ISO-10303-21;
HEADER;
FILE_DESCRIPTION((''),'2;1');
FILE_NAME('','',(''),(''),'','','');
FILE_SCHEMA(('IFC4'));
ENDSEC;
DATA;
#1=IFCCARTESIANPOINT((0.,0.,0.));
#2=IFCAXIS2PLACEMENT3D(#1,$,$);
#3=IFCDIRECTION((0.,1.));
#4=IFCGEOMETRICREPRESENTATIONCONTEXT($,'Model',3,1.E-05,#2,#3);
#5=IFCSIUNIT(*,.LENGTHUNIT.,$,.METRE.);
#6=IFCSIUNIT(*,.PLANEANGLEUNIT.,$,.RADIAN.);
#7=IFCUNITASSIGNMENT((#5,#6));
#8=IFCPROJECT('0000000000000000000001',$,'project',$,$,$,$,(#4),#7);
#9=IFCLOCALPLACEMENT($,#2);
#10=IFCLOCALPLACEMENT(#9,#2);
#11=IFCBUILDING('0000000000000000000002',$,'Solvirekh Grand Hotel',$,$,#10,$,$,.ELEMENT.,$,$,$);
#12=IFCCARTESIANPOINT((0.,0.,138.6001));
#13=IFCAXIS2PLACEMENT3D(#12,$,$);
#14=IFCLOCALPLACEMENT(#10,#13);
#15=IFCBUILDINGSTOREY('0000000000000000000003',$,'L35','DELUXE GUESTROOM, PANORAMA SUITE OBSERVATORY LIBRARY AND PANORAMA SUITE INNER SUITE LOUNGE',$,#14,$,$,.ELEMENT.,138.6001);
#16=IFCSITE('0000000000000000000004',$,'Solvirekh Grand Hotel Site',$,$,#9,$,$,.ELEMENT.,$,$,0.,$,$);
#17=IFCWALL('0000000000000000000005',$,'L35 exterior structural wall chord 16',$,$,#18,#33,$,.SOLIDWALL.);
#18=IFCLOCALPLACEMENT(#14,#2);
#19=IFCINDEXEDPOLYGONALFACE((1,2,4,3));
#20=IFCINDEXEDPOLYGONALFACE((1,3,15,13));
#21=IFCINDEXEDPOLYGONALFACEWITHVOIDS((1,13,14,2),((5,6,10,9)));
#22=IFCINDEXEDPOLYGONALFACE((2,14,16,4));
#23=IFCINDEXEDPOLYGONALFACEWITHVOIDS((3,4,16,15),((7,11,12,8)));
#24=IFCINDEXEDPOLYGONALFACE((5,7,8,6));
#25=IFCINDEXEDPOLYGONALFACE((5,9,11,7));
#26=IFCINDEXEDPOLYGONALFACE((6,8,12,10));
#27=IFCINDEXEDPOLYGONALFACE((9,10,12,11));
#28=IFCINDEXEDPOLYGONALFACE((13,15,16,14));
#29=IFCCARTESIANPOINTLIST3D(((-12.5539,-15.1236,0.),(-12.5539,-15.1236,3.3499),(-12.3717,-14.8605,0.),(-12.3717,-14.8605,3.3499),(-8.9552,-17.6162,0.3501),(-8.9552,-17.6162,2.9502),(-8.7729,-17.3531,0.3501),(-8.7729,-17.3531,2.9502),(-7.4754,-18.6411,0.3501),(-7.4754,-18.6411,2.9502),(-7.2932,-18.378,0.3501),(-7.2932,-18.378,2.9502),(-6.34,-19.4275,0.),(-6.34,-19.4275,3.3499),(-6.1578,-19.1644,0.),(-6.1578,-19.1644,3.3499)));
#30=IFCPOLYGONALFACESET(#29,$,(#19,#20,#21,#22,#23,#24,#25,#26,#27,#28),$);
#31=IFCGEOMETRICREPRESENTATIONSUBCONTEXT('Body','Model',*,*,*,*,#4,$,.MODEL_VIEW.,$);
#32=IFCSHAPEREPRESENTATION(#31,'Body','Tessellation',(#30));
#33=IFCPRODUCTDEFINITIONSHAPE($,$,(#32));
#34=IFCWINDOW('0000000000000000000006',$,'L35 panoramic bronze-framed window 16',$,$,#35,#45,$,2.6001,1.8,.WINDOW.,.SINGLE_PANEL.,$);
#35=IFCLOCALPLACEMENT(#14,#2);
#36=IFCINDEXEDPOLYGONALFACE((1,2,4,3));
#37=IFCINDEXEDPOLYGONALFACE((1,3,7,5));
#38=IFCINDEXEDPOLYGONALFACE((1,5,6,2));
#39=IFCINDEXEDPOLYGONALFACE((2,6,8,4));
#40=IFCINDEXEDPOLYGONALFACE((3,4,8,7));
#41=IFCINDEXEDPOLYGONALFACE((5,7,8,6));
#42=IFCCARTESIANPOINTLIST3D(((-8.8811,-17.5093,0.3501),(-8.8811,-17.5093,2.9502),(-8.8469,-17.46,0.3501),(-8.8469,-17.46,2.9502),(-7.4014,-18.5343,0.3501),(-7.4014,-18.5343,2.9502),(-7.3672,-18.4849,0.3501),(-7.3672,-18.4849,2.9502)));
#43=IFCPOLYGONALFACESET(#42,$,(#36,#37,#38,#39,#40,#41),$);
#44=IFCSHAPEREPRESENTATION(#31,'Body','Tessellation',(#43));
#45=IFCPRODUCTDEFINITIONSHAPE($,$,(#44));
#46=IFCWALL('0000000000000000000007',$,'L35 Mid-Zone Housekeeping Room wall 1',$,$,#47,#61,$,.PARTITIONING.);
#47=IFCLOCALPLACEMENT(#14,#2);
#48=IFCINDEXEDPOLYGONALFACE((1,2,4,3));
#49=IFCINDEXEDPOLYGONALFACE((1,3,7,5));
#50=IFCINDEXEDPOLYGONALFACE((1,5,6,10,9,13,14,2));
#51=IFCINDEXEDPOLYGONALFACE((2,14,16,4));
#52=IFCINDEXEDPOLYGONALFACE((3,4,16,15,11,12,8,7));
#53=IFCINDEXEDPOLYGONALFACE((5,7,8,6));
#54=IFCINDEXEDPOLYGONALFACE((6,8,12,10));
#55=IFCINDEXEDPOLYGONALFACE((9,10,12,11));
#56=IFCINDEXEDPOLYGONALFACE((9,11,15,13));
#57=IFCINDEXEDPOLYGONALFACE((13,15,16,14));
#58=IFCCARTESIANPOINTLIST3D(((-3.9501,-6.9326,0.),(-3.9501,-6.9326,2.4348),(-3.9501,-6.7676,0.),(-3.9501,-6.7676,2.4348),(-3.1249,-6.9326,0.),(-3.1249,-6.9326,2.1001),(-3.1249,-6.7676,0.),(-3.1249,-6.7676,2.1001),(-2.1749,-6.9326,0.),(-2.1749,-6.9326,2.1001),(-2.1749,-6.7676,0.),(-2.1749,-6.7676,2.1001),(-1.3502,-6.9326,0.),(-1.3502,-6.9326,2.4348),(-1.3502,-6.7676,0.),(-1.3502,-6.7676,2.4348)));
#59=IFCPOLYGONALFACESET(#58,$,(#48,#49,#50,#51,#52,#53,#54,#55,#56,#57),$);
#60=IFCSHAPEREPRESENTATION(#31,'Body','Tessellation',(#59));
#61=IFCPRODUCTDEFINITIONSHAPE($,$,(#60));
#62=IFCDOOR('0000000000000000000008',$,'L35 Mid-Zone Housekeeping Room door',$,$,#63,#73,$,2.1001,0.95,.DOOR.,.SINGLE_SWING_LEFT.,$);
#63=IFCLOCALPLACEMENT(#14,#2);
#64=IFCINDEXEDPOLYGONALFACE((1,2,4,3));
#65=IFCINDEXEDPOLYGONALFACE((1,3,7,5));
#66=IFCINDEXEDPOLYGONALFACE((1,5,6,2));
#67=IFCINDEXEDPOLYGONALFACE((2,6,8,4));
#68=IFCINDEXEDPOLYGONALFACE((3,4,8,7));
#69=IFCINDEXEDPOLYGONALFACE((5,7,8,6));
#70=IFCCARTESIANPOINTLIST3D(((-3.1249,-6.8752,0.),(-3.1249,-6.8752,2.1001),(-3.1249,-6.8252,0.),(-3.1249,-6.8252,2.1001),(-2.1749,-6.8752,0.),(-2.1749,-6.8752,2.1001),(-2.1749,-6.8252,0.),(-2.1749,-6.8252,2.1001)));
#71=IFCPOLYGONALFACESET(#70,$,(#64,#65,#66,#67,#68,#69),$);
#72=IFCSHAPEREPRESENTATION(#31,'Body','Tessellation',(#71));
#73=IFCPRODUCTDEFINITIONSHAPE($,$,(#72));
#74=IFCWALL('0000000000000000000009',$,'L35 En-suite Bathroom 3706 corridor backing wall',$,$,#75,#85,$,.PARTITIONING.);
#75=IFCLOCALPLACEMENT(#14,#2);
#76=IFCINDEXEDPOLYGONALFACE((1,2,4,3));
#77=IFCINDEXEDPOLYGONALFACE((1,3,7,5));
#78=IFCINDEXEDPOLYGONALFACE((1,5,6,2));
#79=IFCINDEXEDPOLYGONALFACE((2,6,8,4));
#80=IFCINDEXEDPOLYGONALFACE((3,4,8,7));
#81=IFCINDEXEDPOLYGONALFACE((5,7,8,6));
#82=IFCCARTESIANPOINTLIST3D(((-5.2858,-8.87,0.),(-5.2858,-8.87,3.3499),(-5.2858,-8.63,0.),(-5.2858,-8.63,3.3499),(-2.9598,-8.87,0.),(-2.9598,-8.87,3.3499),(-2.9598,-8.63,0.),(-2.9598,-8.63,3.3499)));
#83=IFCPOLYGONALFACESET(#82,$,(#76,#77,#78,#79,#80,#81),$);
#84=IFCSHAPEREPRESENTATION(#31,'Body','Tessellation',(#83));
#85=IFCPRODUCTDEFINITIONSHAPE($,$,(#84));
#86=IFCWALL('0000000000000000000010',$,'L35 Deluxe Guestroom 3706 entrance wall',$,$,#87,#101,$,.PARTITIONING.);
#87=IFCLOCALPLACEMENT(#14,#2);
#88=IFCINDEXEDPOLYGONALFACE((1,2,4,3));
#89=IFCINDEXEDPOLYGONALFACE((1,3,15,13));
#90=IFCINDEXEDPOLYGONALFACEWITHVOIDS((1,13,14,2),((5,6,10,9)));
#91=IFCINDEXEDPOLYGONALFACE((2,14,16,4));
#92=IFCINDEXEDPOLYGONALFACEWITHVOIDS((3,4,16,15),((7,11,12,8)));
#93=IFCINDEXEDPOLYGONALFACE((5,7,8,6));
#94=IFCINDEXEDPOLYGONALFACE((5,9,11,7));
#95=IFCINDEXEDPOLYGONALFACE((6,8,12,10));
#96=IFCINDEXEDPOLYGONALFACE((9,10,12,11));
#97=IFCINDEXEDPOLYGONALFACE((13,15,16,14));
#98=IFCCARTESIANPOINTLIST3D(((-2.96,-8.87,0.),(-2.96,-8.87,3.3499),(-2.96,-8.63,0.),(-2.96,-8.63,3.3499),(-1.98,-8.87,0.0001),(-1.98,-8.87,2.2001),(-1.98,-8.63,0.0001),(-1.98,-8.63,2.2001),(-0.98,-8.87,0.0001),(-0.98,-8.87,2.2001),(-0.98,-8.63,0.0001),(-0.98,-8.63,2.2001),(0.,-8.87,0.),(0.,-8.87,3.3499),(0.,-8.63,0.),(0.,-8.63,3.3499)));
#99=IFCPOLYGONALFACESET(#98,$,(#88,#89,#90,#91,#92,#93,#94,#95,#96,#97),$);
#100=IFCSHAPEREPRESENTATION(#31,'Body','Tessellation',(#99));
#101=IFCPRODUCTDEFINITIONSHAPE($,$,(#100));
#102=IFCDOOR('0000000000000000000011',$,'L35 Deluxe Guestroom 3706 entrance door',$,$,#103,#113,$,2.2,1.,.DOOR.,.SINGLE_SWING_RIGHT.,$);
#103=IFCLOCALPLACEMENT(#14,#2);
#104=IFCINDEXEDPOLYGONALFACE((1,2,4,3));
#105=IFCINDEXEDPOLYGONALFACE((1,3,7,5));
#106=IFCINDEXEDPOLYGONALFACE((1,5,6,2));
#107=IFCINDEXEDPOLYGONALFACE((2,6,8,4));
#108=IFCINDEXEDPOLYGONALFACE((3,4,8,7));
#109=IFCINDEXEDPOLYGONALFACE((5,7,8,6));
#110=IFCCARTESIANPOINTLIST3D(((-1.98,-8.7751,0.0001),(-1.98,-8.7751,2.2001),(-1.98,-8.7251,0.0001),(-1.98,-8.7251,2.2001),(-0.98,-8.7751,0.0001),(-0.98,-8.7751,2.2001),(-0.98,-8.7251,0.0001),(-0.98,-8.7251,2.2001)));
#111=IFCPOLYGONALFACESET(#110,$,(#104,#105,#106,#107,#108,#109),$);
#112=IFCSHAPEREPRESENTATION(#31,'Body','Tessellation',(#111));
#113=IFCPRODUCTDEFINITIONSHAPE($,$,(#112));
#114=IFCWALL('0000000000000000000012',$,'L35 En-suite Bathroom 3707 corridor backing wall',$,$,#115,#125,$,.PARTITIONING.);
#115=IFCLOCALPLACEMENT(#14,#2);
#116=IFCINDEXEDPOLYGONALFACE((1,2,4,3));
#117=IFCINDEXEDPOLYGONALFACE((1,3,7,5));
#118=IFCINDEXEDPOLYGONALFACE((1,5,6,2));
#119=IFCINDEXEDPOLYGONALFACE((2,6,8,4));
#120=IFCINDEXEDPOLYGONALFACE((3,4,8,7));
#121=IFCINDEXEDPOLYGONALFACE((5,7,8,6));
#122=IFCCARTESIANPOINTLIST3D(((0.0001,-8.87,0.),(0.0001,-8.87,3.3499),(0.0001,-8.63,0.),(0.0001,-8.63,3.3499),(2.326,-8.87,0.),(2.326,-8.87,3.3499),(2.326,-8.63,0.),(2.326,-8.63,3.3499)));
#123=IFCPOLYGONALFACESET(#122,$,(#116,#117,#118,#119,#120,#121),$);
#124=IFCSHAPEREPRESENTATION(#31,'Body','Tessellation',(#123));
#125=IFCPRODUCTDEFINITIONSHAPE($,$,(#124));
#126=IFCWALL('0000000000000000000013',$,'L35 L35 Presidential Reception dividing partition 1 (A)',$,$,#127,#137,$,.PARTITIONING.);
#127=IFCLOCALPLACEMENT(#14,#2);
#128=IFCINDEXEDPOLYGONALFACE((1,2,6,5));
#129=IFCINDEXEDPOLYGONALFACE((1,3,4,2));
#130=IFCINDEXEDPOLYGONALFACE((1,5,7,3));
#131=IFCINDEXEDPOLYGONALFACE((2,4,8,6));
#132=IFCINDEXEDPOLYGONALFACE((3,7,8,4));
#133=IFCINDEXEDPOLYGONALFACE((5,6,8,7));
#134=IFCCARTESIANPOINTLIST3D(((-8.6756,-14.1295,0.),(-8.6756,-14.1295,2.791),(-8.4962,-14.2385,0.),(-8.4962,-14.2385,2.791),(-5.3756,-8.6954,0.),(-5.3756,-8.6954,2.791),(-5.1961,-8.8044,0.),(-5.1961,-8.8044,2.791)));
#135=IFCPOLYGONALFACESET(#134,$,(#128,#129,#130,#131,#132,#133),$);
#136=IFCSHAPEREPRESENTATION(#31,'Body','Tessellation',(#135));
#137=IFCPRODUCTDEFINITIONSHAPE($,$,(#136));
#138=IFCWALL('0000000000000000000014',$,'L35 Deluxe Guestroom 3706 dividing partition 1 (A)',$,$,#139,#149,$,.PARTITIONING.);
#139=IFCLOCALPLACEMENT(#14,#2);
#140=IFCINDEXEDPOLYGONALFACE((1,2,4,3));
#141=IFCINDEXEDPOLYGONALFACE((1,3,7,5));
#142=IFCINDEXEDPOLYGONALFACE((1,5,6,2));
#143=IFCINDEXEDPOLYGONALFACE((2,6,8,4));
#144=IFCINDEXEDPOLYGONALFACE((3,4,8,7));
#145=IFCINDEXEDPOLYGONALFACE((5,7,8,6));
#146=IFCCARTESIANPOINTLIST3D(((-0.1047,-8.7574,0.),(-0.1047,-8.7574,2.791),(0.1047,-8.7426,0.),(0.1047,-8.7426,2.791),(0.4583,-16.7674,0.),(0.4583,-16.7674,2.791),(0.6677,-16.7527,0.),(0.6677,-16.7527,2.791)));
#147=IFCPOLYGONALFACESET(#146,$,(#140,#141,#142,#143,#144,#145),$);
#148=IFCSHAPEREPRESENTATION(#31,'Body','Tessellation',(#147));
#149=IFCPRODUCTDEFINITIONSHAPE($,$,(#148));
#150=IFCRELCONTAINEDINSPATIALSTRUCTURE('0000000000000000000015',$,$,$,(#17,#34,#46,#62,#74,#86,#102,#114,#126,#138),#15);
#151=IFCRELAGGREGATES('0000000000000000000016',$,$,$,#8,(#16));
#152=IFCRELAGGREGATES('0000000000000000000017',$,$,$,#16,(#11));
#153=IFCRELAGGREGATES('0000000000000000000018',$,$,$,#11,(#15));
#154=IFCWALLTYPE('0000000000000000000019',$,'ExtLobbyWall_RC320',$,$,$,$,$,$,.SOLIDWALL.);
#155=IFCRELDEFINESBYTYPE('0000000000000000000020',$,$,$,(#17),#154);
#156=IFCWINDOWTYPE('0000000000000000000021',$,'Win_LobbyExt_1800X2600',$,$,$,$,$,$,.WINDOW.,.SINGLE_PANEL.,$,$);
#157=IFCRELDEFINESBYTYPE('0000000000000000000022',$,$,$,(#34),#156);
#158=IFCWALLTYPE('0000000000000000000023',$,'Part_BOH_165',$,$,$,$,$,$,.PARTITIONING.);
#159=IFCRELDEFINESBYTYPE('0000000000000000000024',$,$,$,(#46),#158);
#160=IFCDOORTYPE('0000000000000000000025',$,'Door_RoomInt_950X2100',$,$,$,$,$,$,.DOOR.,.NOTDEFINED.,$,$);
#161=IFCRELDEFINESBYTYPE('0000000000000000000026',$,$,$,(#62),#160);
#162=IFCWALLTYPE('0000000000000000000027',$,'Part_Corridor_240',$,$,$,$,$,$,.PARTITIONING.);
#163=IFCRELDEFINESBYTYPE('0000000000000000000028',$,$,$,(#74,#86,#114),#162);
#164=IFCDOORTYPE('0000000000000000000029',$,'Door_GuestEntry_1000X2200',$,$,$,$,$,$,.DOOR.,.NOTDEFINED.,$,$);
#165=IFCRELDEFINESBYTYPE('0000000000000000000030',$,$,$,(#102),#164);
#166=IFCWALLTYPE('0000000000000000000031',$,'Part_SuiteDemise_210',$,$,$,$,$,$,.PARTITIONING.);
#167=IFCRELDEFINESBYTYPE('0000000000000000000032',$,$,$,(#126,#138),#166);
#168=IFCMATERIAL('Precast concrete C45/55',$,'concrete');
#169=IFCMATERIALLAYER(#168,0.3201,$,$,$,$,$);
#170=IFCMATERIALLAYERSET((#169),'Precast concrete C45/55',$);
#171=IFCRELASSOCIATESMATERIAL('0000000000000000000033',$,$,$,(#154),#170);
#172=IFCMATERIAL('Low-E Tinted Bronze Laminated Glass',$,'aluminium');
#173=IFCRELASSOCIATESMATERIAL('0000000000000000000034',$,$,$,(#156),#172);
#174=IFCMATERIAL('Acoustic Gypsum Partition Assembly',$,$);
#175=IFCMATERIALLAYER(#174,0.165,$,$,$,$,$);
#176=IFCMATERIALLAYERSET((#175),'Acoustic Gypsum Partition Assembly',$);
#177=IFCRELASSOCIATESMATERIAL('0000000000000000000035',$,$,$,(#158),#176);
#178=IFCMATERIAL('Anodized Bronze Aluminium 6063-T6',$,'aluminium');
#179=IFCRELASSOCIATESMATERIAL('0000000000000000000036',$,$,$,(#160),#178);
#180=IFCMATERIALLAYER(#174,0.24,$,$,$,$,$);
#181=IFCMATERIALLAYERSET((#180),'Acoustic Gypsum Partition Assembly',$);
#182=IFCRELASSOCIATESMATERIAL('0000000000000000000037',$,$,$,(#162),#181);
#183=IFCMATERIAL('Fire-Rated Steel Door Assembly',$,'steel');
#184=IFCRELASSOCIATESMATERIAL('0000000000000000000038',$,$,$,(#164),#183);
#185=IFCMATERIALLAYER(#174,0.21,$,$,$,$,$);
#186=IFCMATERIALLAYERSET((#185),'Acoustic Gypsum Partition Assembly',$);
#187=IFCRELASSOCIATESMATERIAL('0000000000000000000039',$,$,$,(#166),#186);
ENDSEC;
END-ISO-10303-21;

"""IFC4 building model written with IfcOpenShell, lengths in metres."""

from ifc_helpers import new_model, si_unit, direction, frame, frame_2d, origin, place, context, subcontext, project, spatial, rectangle, extrude, material, layer, layer_set, type_object, element, fill, save


model = new_model("IFC4")

# Units and contexts
model_context = context("Model", 3, precision=1e-05, world=origin(), true_north=direction((0.0, 1.0)))
body_context = subcontext(model_context, "Body", "Model", "MODEL_VIEW")
ifc_project = project(units=[si_unit("LENGTHUNIT", "METRE"), si_unit("PLANEANGLEUNIT", "RADIAN")], contexts=[model_context])

# Site, building, storey
site_placement = place(None, origin())
site = spatial("IfcSite", under=ifc_project, at=site_placement, Name="Solvirekh Grand Hotel Site", CompositionType="ELEMENT", RefElevation=0.0)
building_placement = place(site_placement, origin())
building = spatial("IfcBuilding", under=site, at=building_placement, Name="Solvirekh Grand Hotel", CompositionType="ELEMENT")
storey_placement = place(building_placement, frame((0.0, 0.0, 138.6001)))
storey = spatial("IfcBuildingStorey", under=building, at=storey_placement, Name="L35", Description="DELUXE GUESTROOM, PANORAMA SUITE OBSERVATORY LIBRARY AND PANORAMA SUITE INNER SUITE LOUNGE", CompositionType="ELEMENT", Elevation=138.6001)

# Wall, opening, window
ifc_material_1 = material(Name="Precast concrete C45/55", Category="concrete")
ifc_layer_1 = layer(ifc_material_1, 0.3201)
ifc_layer_set_1 = layer_set([ifc_layer_1], Name="Precast concrete C45/55")
wall_type_1 = type_object("IfcWallType", Name="ExtLobbyWall_RC320", PredefinedType="SOLIDWALL", material=ifc_layer_set_1)
wall_1_placement = place(storey_placement, frame((-6.249, -19.2959, 0.0), z_axis=(0.0, 0.0, 1.0), x_axis=(-0.822065, 0.569393, 0.0)))
wall_1 = element("IfcWall", 1, at=wall_1_placement, inside=storey, type_object=wall_type_1, Name="L35 exterior structural wall chord 16", PredefinedType="SOLIDWALL", context=body_context, shape_type="SweptSolid", body=[
    extrude(rectangle(XDim=7.5588, YDim=0.3201, at=frame_2d((3.7793, 0.0))), origin(), (0.0, 0.0, 1.0), 3.3499),
])
opening_1_placement = place(wall_1_placement, frame((1.3811, 0.0, 0.3501)))
opening_1 = element("IfcOpeningElement", 2, at=opening_1_placement, cuts=wall_1, PredefinedType="OPENING", context=body_context, shape_type="SweptSolid", body=[
    extrude(rectangle(XDim=1.8, YDim=2.6001, at=frame_2d((0.8999, 1.3))), frame((0.0, 0.1699, 0.0), z_axis=(0.0, -1.0, 0.0), x_axis=(1.0, 0.0, 0.0)), (0.0, 0.0, 1.0), 0.3401),
])
ifc_material_2 = material(Name="Low-E Tinted Bronze Laminated Glass", Category="aluminium")
window_type = type_object("IfcWindowType", Name="Win_LobbyExt_1800X2600", PartitioningType="SINGLE_PANEL", PredefinedType="WINDOW", material=ifc_material_2)
window_placement = place(opening_1_placement, origin())
window = element("IfcWindow", 3, at=window_placement, inside=storey, type_object=window_type, Name="L35 panoramic bronze-framed window 16", OverallHeight=2.6001, OverallWidth=1.8, PartitioningType="SINGLE_PANEL", PredefinedType="WINDOW", context=body_context, shape_type="SweptSolid", body=[
    extrude(rectangle(XDim=1.8, YDim=2.6001, at=frame_2d((0.8999, 1.3))), frame((0.0, 0.03, 0.0), z_axis=(0.0, -1.0, 0.0), x_axis=(1.0, 0.0, 0.0)), (0.0, 0.0, 1.0), 0.0601),
])
fill(opening_1, window)

# Wall, opening, door
ifc_material_3 = material(Name="Acoustic Gypsum Partition Assembly")
ifc_layer_2 = layer(ifc_material_3, 0.165)
ifc_layer_set_2 = layer_set([ifc_layer_2], Name="Acoustic Gypsum Partition Assembly")
wall_type_2 = type_object("IfcWallType", Name="Part_BOH_165", PredefinedType="PARTITIONING", material=ifc_layer_set_2)
wall_2_placement = place(storey_placement, frame((-3.95, -6.8501, 0.0), z_axis=(0.0, 0.0, 1.0), x_axis=(1.0, 0.0, 0.0)))
wall_2 = element("IfcWall", 4, at=wall_2_placement, inside=storey, type_object=wall_type_2, Name="L35 Mid-Zone Housekeeping Room wall 1", PredefinedType="PARTITIONING", context=body_context, shape_type="SweptSolid", body=[
    extrude(rectangle(XDim=2.5999, YDim=0.165, at=frame_2d((1.2998, 0.0))), origin(), (0.0, 0.0, 1.0), 2.4348),
])
opening_2_placement = place(wall_2_placement, frame((0.825, 0.0, 0.0)))
opening_2 = element("IfcOpeningElement", 5, at=opening_2_placement, cuts=wall_2, PredefinedType="OPENING", context=body_context, shape_type="SweptSolid", body=[
    extrude(rectangle(XDim=0.95, YDim=2.1001, at=frame_2d((0.4751, 1.05))), frame((0.0, 0.0925, 0.0), z_axis=(0.0, -1.0, 0.0), x_axis=(1.0, 0.0, 0.0)), (0.0, 0.0, 1.0), 0.1851),
])
ifc_material_4 = material(Name="Anodized Bronze Aluminium 6063-T6", Category="aluminium")
door_type_1 = type_object("IfcDoorType", Name="Door_RoomInt_950X2100", OperationType="NOTDEFINED", PredefinedType="DOOR", material=ifc_material_4)
door_1_placement = place(opening_2_placement, origin())
door_1 = element("IfcDoor", 6, at=door_1_placement, inside=storey, type_object=door_type_1, Name="L35 Mid-Zone Housekeeping Room door", OperationType="SINGLE_SWING_LEFT", OverallHeight=2.1001, OverallWidth=0.95, PredefinedType="DOOR", context=body_context, shape_type="SweptSolid", body=[
    extrude(rectangle(XDim=0.95, YDim=2.1001, at=frame_2d((0.4751, 1.05))), frame((0.0, 0.0249, 0.0), z_axis=(0.0, -1.0, 0.0), x_axis=(1.0, 0.0, 0.0)), (0.0, 0.0, 1.0), 0.05),
])
fill(opening_2, door_1)

# Wall
ifc_layer_3 = layer(ifc_material_3, 0.24)
ifc_layer_set_3 = layer_set([ifc_layer_3], Name="Acoustic Gypsum Partition Assembly")
wall_type_3 = type_object("IfcWallType", Name="Part_Corridor_240", PredefinedType="PARTITIONING", material=ifc_layer_set_3)
wall_3_placement = place(storey_placement, frame((-5.2859, -8.75, 0.0), z_axis=(0.0, 0.0, 1.0), x_axis=(1.0, 0.0, 0.0)))
element("IfcWall", 7, at=wall_3_placement, inside=storey, type_object=wall_type_3, Name="L35 En-suite Bathroom 3706 corridor backing wall", PredefinedType="PARTITIONING", context=body_context, shape_type="SweptSolid", body=[
    extrude(rectangle(XDim=2.3259, YDim=0.24, at=frame_2d((1.1631, 0.0))), origin(), (0.0, 0.0, 1.0), 3.3499),
])

# Wall, opening, door
wall_4_placement = place(storey_placement, frame((-2.96, -8.75, 0.0), z_axis=(0.0, 0.0, 1.0), x_axis=(1.0, 0.0, 0.0)))
wall_4 = element("IfcWall", 8, at=wall_4_placement, inside=storey, type_object=wall_type_3, Name="L35 Deluxe Guestroom 3706 entrance wall", PredefinedType="PARTITIONING", context=body_context, shape_type="SweptSolid", body=[
    extrude(rectangle(XDim=2.96, YDim=0.24, at=frame_2d((1.48, 0.0))), origin(), (0.0, 0.0, 1.0), 3.3499),
])
opening_3_placement = place(wall_4_placement, frame((0.98, 0.0, 0.0)))
opening_3 = element("IfcOpeningElement", 9, at=opening_3_placement, cuts=wall_4, PredefinedType="OPENING", context=body_context, shape_type="SweptSolid", body=[
    extrude(rectangle(XDim=1.0, YDim=2.2, at=frame_2d((0.5, 1.1001))), frame((0.0, 0.1299, 0.0), z_axis=(0.0, -1.0, 0.0), x_axis=(1.0, 0.0, 0.0)), (0.0, 0.0, 1.0), 0.26),
])
ifc_material_5 = material(Name="Fire-Rated Steel Door Assembly", Category="steel")
door_type_2 = type_object("IfcDoorType", Name="Door_GuestEntry_1000X2200", OperationType="NOTDEFINED", PredefinedType="DOOR", material=ifc_material_5)
door_2_placement = place(opening_3_placement, origin())
door_2 = element("IfcDoor", 10, at=door_2_placement, inside=storey, type_object=door_type_2, Name="L35 Deluxe Guestroom 3706 entrance door", OperationType="SINGLE_SWING_RIGHT", OverallHeight=2.2, OverallWidth=1.0, PredefinedType="DOOR", context=body_context, shape_type="SweptSolid", body=[
    extrude(rectangle(XDim=1.0, YDim=2.2, at=frame_2d((0.5, 1.1001))), frame((0.0, 0.0249, 0.0), z_axis=(0.0, -1.0, 0.0), x_axis=(1.0, 0.0, 0.0)), (0.0, 0.0, 1.0), 0.05),
])
fill(opening_3, door_2)

# Walls
wall_5_placement = place(storey_placement, frame((0.0, -8.75, 0.0), z_axis=(0.0, 0.0, 1.0), x_axis=(1.0, 0.0, 0.0)))
element("IfcWall", 11, at=wall_5_placement, inside=storey, type_object=wall_type_3, Name="L35 En-suite Bathroom 3707 corridor backing wall", PredefinedType="PARTITIONING", context=body_context, shape_type="SweptSolid", body=[
    extrude(rectangle(XDim=2.3259, YDim=0.24, at=frame_2d((1.1631, 0.0))), origin(), (0.0, 0.0, 1.0), 3.3499),
])
ifc_layer_4 = layer(ifc_material_3, 0.21)
ifc_layer_set_4 = layer_set([ifc_layer_4], Name="Acoustic Gypsum Partition Assembly")
wall_type_4 = type_object("IfcWallType", Name="Part_SuiteDemise_210", PredefinedType="PARTITIONING", material=ifc_layer_set_4)
wall_6_placement = place(storey_placement, frame((-5.2859, -8.75, 0.0), z_axis=(0.0, 0.0, 1.0), x_axis=(-0.519068, -0.854733, 0.0)))
element("IfcWall", 12, at=wall_6_placement, inside=storey, type_object=wall_type_4, Name="L35 L35 Presidential Reception dividing partition 1 (A)", PredefinedType="PARTITIONING", context=body_context, shape_type="SweptSolid", body=[
    extrude(rectangle(XDim=6.3577, YDim=0.21, at=frame_2d((3.1787, 0.0))), origin(), (0.0, 0.0, 1.0), 2.791),
])
wall_7_placement = place(storey_placement, frame((0.0, -8.75, 0.0), z_axis=(0.0, 0.0, 1.0), x_axis=(0.070113, -0.997539, 0.0)))
element("IfcWall", 13, at=wall_7_placement, inside=storey, type_object=wall_type_4, Name="L35 Deluxe Guestroom 3706 dividing partition 1 (A)", PredefinedType="PARTITIONING", context=body_context, shape_type="SweptSolid", body=[
    extrude(rectangle(XDim=8.0298, YDim=0.21, at=frame_2d((4.0149, 0.0))), origin(), (0.0, 0.0, 1.0), 2.791),
])

save(model, "model.ifc")
